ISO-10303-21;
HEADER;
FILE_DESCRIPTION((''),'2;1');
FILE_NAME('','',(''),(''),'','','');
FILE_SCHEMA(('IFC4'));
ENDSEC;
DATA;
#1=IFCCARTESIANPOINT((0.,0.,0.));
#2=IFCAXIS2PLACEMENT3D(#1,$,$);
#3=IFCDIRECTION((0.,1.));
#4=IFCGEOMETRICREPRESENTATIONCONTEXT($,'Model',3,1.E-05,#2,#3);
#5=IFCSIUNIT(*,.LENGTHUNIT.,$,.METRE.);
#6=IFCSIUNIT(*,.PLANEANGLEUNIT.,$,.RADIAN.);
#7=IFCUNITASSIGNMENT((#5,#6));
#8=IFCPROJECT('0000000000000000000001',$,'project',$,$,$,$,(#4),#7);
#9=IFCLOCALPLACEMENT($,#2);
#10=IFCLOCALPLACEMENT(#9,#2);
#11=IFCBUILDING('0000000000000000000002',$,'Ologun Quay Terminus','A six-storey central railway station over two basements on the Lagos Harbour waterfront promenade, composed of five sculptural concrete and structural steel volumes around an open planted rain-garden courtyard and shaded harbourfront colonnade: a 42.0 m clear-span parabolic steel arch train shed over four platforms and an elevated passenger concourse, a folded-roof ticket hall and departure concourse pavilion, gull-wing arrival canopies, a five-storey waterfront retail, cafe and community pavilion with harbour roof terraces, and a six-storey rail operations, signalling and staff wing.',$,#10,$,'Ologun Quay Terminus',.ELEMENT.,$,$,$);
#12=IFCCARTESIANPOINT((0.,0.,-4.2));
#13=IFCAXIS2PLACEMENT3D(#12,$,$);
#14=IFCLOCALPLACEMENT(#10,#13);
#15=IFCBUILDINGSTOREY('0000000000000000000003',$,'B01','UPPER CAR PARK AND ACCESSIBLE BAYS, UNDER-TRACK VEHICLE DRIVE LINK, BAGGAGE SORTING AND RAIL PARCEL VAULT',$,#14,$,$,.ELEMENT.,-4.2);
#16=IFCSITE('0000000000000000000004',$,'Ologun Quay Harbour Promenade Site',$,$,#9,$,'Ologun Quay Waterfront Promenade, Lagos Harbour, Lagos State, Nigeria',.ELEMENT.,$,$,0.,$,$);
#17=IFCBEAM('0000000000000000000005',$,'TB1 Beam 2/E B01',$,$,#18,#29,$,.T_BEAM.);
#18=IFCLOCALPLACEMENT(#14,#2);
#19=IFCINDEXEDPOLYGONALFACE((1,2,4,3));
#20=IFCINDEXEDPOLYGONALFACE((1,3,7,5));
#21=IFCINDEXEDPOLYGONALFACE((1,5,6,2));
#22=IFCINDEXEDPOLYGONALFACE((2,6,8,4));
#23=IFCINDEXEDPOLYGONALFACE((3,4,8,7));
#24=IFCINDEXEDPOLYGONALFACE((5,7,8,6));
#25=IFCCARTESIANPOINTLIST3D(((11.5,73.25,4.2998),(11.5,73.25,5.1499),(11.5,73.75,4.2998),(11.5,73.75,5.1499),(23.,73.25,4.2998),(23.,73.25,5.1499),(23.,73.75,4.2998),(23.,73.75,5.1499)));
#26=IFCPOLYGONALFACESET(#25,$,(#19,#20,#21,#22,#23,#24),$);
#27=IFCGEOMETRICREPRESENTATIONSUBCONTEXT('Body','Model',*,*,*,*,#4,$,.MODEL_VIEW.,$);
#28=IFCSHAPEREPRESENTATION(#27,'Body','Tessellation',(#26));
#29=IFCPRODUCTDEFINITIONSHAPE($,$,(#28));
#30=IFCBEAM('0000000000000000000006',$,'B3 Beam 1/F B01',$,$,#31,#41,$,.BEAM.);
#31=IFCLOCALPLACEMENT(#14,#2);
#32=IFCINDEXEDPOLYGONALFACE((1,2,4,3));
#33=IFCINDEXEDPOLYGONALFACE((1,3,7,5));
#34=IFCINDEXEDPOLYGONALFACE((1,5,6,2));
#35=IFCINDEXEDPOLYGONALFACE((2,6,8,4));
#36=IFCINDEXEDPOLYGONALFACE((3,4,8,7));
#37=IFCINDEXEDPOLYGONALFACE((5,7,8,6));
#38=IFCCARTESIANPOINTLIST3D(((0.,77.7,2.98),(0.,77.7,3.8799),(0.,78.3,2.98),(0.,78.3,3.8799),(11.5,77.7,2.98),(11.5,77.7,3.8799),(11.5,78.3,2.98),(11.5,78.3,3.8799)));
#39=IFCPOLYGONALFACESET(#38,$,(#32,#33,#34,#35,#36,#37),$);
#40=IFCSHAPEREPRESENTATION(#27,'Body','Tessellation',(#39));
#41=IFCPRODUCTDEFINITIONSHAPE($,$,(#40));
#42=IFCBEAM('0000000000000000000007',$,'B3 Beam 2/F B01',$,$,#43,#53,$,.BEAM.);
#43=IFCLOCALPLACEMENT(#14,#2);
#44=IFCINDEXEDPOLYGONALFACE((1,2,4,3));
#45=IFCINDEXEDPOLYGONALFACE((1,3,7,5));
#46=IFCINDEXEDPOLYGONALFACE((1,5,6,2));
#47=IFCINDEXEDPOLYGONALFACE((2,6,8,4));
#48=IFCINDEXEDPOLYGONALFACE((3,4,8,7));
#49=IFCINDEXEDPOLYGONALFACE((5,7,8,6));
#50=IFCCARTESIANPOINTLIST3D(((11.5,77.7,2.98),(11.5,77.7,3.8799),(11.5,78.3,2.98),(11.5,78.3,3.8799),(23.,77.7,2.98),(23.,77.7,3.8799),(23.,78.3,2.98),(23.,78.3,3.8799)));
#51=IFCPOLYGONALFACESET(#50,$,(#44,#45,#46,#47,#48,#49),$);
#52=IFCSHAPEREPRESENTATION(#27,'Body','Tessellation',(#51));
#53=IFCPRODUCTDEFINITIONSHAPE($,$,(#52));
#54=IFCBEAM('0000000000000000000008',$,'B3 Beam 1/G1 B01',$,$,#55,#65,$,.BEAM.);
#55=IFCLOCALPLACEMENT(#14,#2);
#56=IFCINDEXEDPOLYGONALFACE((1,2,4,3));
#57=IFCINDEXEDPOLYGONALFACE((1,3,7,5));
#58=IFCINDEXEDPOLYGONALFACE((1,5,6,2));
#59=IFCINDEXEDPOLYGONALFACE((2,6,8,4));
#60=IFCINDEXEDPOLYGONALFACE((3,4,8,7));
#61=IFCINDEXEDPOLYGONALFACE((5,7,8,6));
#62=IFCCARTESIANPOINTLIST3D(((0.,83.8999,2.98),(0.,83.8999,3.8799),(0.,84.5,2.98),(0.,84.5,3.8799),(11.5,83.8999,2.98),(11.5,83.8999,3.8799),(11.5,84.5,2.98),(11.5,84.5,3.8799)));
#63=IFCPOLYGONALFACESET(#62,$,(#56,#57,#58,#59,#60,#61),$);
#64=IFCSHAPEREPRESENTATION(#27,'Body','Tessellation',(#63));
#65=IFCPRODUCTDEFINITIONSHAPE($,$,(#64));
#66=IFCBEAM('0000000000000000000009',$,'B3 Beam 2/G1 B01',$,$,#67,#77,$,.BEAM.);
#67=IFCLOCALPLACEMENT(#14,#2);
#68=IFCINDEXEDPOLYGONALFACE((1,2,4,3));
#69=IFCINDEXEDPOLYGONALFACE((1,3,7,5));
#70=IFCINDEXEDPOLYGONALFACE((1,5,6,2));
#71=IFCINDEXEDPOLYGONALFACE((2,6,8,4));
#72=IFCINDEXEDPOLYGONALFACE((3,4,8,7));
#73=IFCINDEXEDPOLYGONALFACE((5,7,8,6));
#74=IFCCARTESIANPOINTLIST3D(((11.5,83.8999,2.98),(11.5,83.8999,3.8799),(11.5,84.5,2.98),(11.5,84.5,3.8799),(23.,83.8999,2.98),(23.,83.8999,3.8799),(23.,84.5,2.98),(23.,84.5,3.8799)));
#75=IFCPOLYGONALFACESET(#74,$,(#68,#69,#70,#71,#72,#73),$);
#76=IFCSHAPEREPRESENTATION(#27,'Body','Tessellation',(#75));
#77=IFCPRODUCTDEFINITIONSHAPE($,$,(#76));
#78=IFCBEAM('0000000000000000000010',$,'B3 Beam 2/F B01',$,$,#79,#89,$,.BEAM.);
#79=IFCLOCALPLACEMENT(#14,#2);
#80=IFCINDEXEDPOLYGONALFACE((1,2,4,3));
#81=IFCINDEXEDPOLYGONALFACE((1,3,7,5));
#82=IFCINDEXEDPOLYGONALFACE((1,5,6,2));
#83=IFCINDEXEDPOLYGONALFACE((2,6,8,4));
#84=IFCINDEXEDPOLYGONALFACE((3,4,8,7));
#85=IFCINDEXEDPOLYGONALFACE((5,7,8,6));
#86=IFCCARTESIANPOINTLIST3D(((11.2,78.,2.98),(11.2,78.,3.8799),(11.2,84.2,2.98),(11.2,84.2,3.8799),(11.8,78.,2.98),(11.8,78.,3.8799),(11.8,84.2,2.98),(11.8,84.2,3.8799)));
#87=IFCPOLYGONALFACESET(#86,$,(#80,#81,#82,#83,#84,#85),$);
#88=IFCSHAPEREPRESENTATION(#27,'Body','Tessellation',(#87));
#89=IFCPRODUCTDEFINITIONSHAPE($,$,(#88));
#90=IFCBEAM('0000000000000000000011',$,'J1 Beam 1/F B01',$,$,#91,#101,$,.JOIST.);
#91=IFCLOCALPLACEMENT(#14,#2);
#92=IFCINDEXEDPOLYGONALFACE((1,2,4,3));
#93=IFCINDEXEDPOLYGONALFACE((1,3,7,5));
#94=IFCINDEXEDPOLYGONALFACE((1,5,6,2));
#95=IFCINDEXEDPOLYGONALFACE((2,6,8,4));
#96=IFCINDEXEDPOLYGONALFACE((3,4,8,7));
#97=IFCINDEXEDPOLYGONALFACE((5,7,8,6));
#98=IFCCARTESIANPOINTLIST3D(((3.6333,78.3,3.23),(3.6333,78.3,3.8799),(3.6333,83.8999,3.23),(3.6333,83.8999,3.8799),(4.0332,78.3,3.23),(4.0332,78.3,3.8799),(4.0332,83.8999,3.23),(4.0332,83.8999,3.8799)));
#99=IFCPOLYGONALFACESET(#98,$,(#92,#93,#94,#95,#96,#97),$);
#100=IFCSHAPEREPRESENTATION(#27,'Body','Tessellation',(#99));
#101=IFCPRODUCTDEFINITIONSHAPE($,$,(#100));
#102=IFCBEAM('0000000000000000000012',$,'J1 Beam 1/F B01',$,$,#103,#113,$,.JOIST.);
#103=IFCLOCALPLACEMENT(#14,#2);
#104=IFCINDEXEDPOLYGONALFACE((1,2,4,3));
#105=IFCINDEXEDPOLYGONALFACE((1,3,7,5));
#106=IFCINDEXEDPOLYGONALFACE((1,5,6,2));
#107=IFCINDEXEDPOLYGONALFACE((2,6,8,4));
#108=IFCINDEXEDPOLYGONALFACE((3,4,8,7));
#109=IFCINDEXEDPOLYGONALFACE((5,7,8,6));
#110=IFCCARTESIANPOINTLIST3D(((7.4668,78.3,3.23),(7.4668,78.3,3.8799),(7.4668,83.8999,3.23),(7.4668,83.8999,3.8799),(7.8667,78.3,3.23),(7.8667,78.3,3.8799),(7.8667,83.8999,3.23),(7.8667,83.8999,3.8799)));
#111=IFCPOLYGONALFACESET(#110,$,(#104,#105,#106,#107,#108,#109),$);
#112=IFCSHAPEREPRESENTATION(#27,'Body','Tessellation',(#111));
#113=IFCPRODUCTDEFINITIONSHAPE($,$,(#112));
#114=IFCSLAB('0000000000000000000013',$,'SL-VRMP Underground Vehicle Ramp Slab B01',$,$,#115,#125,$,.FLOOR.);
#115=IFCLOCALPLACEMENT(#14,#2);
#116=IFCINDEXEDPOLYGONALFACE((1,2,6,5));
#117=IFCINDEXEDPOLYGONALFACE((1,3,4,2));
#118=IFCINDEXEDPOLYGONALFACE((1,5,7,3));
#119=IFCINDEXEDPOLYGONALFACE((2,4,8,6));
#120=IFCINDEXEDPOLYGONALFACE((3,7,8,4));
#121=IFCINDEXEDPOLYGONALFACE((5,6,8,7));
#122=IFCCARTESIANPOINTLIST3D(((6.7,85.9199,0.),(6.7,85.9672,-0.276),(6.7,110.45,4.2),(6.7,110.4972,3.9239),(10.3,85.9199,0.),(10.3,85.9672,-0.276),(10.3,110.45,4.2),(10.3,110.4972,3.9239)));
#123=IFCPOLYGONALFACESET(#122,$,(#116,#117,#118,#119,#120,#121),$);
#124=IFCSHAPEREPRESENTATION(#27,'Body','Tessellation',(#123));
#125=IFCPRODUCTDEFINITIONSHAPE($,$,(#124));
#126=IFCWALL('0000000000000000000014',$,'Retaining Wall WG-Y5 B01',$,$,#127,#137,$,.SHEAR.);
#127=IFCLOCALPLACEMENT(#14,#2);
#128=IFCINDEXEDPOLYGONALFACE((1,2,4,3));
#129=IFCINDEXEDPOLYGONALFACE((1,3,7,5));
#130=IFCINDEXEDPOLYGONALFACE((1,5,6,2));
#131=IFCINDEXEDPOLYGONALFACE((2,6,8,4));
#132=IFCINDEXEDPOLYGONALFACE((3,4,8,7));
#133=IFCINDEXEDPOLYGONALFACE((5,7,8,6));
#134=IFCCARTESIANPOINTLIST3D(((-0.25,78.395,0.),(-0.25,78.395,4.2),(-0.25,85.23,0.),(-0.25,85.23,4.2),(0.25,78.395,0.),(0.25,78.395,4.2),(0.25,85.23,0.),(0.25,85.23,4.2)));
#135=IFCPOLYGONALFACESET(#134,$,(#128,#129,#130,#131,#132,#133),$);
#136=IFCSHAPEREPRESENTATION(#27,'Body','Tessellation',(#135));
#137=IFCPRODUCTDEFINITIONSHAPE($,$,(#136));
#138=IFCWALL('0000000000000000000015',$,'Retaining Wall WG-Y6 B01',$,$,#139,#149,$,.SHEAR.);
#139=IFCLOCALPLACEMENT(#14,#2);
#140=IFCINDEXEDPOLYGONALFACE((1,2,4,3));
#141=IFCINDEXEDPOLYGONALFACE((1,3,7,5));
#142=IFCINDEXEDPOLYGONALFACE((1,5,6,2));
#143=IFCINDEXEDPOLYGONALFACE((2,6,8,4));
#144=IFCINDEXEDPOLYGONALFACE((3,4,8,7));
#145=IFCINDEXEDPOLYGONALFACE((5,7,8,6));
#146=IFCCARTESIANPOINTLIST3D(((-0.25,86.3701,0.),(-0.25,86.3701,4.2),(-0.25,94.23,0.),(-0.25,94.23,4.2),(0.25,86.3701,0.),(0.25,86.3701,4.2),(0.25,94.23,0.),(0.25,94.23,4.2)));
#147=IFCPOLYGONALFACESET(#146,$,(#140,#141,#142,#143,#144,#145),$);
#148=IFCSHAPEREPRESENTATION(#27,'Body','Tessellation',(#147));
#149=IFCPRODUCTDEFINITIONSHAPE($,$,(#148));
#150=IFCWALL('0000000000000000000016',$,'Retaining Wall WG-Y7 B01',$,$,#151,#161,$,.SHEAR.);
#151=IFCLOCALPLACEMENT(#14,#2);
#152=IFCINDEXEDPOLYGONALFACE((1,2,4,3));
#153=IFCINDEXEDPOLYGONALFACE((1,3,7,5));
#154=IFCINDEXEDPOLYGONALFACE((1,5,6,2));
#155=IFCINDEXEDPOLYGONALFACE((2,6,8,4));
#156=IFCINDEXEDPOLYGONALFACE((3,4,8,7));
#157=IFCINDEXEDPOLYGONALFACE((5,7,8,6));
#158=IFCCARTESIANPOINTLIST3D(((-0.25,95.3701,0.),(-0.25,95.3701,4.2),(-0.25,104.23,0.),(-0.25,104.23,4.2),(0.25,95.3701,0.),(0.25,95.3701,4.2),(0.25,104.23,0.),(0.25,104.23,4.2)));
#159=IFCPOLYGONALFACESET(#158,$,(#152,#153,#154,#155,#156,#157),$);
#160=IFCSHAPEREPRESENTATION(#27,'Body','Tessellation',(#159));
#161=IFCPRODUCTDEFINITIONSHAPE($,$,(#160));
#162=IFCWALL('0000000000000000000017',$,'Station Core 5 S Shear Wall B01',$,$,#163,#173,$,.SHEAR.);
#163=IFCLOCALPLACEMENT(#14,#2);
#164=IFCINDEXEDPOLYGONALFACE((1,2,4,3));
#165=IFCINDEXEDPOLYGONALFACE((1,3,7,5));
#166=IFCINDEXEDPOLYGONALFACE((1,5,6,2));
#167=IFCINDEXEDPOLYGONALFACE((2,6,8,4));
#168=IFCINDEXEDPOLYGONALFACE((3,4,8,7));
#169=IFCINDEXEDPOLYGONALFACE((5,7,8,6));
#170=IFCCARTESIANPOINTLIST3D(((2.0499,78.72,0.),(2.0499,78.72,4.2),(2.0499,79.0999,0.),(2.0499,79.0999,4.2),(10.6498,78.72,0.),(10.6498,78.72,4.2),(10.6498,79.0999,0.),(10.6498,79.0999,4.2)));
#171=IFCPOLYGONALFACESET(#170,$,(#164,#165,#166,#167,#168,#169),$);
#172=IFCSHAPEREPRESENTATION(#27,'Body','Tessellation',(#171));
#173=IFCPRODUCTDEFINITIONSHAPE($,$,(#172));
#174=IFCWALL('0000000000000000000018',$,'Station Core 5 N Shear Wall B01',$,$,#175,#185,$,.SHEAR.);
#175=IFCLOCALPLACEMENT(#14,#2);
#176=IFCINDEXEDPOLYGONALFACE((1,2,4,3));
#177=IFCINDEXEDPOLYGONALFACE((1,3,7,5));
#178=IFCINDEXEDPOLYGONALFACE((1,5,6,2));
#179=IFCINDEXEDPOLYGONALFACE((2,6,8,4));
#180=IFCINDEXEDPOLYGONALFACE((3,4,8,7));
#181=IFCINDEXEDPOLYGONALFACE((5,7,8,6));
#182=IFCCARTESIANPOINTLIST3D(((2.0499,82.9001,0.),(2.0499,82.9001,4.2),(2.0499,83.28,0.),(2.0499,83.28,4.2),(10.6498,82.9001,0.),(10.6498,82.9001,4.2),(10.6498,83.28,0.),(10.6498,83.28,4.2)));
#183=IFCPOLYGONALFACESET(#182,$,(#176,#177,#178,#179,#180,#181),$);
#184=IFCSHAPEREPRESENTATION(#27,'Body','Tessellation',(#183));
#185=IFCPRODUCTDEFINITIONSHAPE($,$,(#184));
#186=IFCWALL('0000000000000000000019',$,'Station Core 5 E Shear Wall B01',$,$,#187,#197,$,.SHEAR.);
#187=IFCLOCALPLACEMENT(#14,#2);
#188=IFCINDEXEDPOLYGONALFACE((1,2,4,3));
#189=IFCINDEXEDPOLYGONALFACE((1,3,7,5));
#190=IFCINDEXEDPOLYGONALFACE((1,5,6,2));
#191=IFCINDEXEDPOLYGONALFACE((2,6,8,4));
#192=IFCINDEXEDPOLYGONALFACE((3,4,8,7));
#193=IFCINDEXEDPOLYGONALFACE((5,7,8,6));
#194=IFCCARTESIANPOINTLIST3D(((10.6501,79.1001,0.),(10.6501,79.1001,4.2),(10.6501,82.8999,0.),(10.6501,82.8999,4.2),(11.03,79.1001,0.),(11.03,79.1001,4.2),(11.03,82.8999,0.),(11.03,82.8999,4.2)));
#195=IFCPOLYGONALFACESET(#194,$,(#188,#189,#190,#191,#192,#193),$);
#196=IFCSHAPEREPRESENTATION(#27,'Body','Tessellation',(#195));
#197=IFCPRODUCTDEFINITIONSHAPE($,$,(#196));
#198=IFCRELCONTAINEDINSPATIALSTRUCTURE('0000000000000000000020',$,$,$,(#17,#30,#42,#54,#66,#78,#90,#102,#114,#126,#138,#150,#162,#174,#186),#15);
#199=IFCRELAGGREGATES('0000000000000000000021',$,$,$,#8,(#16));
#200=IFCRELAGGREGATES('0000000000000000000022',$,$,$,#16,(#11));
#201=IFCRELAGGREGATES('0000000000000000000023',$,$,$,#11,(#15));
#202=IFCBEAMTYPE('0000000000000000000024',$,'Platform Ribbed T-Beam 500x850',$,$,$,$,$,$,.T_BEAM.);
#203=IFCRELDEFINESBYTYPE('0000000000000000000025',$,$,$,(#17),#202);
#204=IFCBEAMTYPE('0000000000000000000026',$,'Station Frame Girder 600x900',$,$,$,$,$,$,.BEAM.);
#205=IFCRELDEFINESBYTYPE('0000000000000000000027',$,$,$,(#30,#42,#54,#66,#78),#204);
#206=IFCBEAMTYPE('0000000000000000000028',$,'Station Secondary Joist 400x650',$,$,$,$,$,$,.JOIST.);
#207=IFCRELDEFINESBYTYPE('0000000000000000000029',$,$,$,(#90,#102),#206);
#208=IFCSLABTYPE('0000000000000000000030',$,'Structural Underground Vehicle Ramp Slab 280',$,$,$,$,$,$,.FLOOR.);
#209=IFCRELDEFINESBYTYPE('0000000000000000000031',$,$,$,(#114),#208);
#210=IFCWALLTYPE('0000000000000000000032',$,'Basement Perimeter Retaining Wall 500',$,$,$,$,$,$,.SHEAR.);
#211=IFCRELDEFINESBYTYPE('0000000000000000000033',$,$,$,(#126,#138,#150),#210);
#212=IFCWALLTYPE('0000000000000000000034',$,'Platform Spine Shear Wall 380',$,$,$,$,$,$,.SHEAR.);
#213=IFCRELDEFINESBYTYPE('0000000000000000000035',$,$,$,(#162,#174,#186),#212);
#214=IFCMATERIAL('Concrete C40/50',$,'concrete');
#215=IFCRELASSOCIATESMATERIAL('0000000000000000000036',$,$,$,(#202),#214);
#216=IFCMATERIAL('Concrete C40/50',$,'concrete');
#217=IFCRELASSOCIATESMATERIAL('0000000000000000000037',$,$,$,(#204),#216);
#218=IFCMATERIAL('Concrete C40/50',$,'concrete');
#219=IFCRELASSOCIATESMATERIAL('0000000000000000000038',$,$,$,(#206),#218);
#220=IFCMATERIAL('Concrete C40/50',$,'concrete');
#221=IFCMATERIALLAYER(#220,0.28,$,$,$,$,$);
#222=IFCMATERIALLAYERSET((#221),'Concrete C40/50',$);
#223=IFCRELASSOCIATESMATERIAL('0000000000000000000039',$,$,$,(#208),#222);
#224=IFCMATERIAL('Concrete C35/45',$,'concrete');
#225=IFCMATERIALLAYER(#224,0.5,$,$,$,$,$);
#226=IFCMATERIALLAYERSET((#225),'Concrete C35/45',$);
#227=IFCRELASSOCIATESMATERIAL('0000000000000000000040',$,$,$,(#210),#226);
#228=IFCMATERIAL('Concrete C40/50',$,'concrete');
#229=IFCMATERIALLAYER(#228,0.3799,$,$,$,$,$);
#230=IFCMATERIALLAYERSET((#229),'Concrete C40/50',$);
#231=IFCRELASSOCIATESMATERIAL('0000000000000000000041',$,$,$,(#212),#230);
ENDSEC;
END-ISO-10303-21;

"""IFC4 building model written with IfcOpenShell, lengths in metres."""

from ifc_helpers import new_model, si_unit, direction, frame, frame_2d, origin, origin_2d, place, context, subcontext, project, spatial, polyline, rectangle, outline, extrude, material, layer, layer_set, material_profile, profile_set, type_object, element, save


model = new_model("IFC4")

# Units and contexts
model_context = context("Model", 3, precision=1e-05, world=origin(), true_north=direction((0.0, 1.0)))
body_context = subcontext(model_context, "Body", "Model", "MODEL_VIEW")
ifc_project = project(units=[si_unit("LENGTHUNIT", "METRE"), si_unit("PLANEANGLEUNIT", "RADIAN")], contexts=[model_context])

# Site, building, storey
site_placement = place(None, origin())
site = spatial("IfcSite", under=ifc_project, at=site_placement, Name="Ologun Quay Harbour Promenade Site", LongName="Ologun Quay Waterfront Promenade, Lagos Harbour, Lagos State, Nigeria", CompositionType="ELEMENT", RefElevation=0.0)
building_placement = place(site_placement, origin())
building = spatial("IfcBuilding", under=site, at=building_placement, Name="Ologun Quay Terminus", Description="A six-storey central railway station over two basements on the Lagos Harbour waterfront promenade, composed of five sculptural concrete and structural steel volumes around an open planted rain-garden courtyard and shaded harbourfront colonnade: a 42.0 m clear-span parabolic steel arch train shed over four platforms and an elevated passenger concourse, a folded-roof ticket hall and departure concourse pavilion, gull-wing arrival canopies, a five-storey waterfront retail, cafe and community pavilion with harbour roof terraces, and a six-storey rail operations, signalling and staff wing.", LongName="Ologun Quay Terminus", CompositionType="ELEMENT")
storey_placement = place(building_placement, frame((0.0, 0.0, -4.2)))
storey = spatial("IfcBuildingStorey", under=building, at=storey_placement, Name="B01", Description="UPPER CAR PARK AND ACCESSIBLE BAYS, UNDER-TRACK VEHICLE DRIVE LINK, BAGGAGE SORTING AND RAIL PARCEL VAULT", CompositionType="ELEMENT", Elevation=-4.2)

# Beams
ifc_material_1 = material(Name="Concrete C40/50", Category="concrete")
ifc_material_profile_1 = material_profile(ifc_material_1, rectangle(XDim=0.5, YDim=0.8501, at=origin_2d()), Name="RC 500x850")
ifc_profile_set_1 = profile_set([ifc_material_profile_1], Name="Concrete C40/50")
beam_type_1 = type_object("IfcBeamType", Name="Platform Ribbed T-Beam 500x850", PredefinedType="T_BEAM", material=ifc_profile_set_1)
for number, where, z_axis, x_axis, name in (
    (1, (11.5, 73.5, 4.7249), (1.0, 0.0, 0.0), (0.0, 1.0, 0.0), "TB1 Beam 2/E B01"),
):
    element("IfcBeam", number, at=place(storey_placement, frame(where, z_axis=z_axis, x_axis=x_axis)), inside=storey, type_object=beam_type_1, Name=name, PredefinedType="T_BEAM", context=body_context, shape_type="SweptSolid", body=[
        extrude(rectangle(XDim=0.5, YDim=0.8501, at=origin_2d()), origin(), (0.0, 0.0, 1.0), 11.5),
    ])
ifc_material_2 = material(Name="Concrete C40/50", Category="concrete")
ifc_material_profile_2 = material_profile(ifc_material_2, rectangle(XDim=0.6001, YDim=0.8999, at=origin_2d()), Name="RC 600x900")
ifc_profile_set_2 = profile_set([ifc_material_profile_2], Name="Concrete C40/50")
beam_type_2 = type_object("IfcBeamType", Name="Station Frame Girder 600x900", PredefinedType="BEAM", material=ifc_profile_set_2)
for number, where, z_axis, x_axis, name in (
    (2, (0.0, 78.0, 3.4299), (1.0, 0.0, 0.0), (0.0, 1.0, 0.0), "B3 Beam 1/F B01"),
    (3, (11.5, 78.0, 3.4299), (1.0, 0.0, 0.0), (0.0, 1.0, 0.0), "B3 Beam 2/F B01"),
    (4, (0.0, 84.2, 3.4299), (1.0, 0.0, 0.0), (0.0, 1.0, 0.0), "B3 Beam 1/G1 B01"),
    (5, (11.5, 84.2, 3.4299), (1.0, 0.0, 0.0), (0.0, 1.0, 0.0), "B3 Beam 2/G1 B01"),
):
    element("IfcBeam", number, at=place(storey_placement, frame(where, z_axis=z_axis, x_axis=x_axis)), inside=storey, type_object=beam_type_2, Name=name, PredefinedType="BEAM", context=body_context, shape_type="SweptSolid", body=[
        extrude(rectangle(XDim=0.6001, YDim=0.8999, at=origin_2d()), origin(), (0.0, 0.0, 1.0), 11.5),
    ])
beam_1_placement = place(storey_placement, frame((11.5, 78.0, 3.4299), z_axis=(0.0, 1.0, 0.0), x_axis=(-1.0, 0.0, 0.0)))
element("IfcBeam", 6, at=beam_1_placement, inside=storey, type_object=beam_type_2, Name="B3 Beam 2/F B01", PredefinedType="BEAM", context=body_context, shape_type="SweptSolid", body=[
    extrude(rectangle(XDim=0.6001, YDim=0.8999, at=origin_2d()), origin(), (0.0, 0.0, 1.0), 6.2),
])
ifc_material_3 = material(Name="Concrete C40/50", Category="concrete")
ifc_material_profile_3 = material_profile(ifc_material_3, rectangle(XDim=0.3999, YDim=0.6499, at=origin_2d()), Name="RC 400x650")
ifc_profile_set_3 = profile_set([ifc_material_profile_3], Name="Concrete C40/50")
beam_type_3 = type_object("IfcBeamType", Name="Station Secondary Joist 400x650", PredefinedType="JOIST", material=ifc_profile_set_3)
for number, where, z_axis, x_axis, name in (
    (7, (3.8333, 78.3, 3.5549), (0.0, 1.0, 0.0), (-1.0, 0.0, 0.0), "J1 Beam 1/F B01"),
    (8, (7.6667, 78.3, 3.5549), (0.0, 1.0, 0.0), (-1.0, 0.0, 0.0), "J1 Beam 1/F B01"),
):
    element("IfcBeam", number, at=place(storey_placement, frame(where, z_axis=z_axis, x_axis=x_axis)), inside=storey, type_object=beam_type_3, Name=name, PredefinedType="JOIST", context=body_context, shape_type="SweptSolid", body=[
        extrude(rectangle(XDim=0.3999, YDim=0.6499, at=origin_2d()), origin(), (0.0, 0.0, 1.0), 5.5999),
    ])

# Slab
ifc_material_4 = material(Name="Concrete C40/50", Category="concrete")
ifc_layer_1 = layer(ifc_material_4, 0.28)
ifc_layer_set_1 = layer_set([ifc_layer_1], Name="Concrete C40/50")
slab_type = type_object("IfcSlabType", Name="Structural Underground Vehicle Ramp Slab 280", PredefinedType="FLOOR", material=ifc_layer_set_1)
slab_placement = place(storey_placement, frame((6.7, 85.9199, 0.0), z_axis=(0.0, -0.168761, 0.985657), x_axis=(0.0, 0.985657, 0.168761)))
element("IfcSlab", 9, at=slab_placement, inside=storey, type_object=slab_type, Name="SL-VRMP Underground Vehicle Ramp Slab B01", PredefinedType="FLOOR", context=body_context, shape_type="SweptSolid", body=[
    extrude(outline(polyline([(0.0, 0.0), (24.887, 0.0), (24.887, -3.6001), (0.0, -3.6001), (0.0, 0.0)])), origin(), (0.0, 0.0, -1.0), 0.28),
])

# Walls
ifc_material_5 = material(Name="Concrete C35/45", Category="concrete")
ifc_layer_2 = layer(ifc_material_5, 0.5)
ifc_layer_set_2 = layer_set([ifc_layer_2], Name="Concrete C35/45")
wall_type_1 = type_object("IfcWallType", Name="Basement Perimeter Retaining Wall 500", PredefinedType="SHEAR", material=ifc_layer_set_2)
wall_1_placement = place(storey_placement, frame((0.0, 78.395, 0.0), z_axis=(0.0, 0.0, 1.0), x_axis=(0.0, 1.0, 0.0)))
element("IfcWall", 10, at=wall_1_placement, inside=storey, type_object=wall_type_1, Name="Retaining Wall WG-Y5 B01", PredefinedType="SHEAR", context=body_context, shape_type="SweptSolid", body=[
    extrude(rectangle(XDim=6.835, YDim=0.5, at=frame_2d((3.4175, 0.0))), origin(), (0.0, 0.0, 1.0), 4.2),
])
wall_2_placement = place(storey_placement, frame((0.0, 86.3701, 0.0), z_axis=(0.0, 0.0, 1.0), x_axis=(0.0, 1.0, 0.0)))
element("IfcWall", 11, at=wall_2_placement, inside=storey, type_object=wall_type_1, Name="Retaining Wall WG-Y6 B01", PredefinedType="SHEAR", context=body_context, shape_type="SweptSolid", body=[
    extrude(rectangle(XDim=7.8599, YDim=0.5, at=frame_2d((3.9299, 0.0))), origin(), (0.0, 0.0, 1.0), 4.2),
])
wall_3_placement = place(storey_placement, frame((0.0, 95.3701, 0.0), z_axis=(0.0, 0.0, 1.0), x_axis=(0.0, 1.0, 0.0)))
element("IfcWall", 12, at=wall_3_placement, inside=storey, type_object=wall_type_1, Name="Retaining Wall WG-Y7 B01", PredefinedType="SHEAR", context=body_context, shape_type="SweptSolid", body=[
    extrude(rectangle(XDim=8.8599, YDim=0.5, at=frame_2d((4.4299, 0.0))), origin(), (0.0, 0.0, 1.0), 4.2),
])
ifc_material_6 = material(Name="Concrete C40/50", Category="concrete")
ifc_layer_3 = layer(ifc_material_6, 0.3799)
ifc_layer_set_3 = layer_set([ifc_layer_3], Name="Concrete C40/50")
wall_type_2 = type_object("IfcWallType", Name="Platform Spine Shear Wall 380", PredefinedType="SHEAR", material=ifc_layer_set_3)
for number, where, z_axis, x_axis, name in (
    (13, (2.05, 78.9099, 0.0), (0.0, 0.0, 1.0), (1.0, 0.0, 0.0), "Station Core 5 S Shear Wall B01"),
    (14, (2.05, 83.0901, 0.0), (0.0, 0.0, 1.0), (1.0, 0.0, 0.0), "Station Core 5 N Shear Wall B01"),
):
    element("IfcWall", number, at=place(storey_placement, frame(where, z_axis=z_axis, x_axis=x_axis)), inside=storey, type_object=wall_type_2, Name=name, PredefinedType="SHEAR", context=body_context, shape_type="SweptSolid", body=[
        extrude(rectangle(XDim=8.5999, YDim=0.3799, at=frame_2d((4.2998, 0.0))), origin(), (0.0, 0.0, 1.0), 4.2),
    ])
wall_4_placement = place(storey_placement, frame((10.8401, 79.1001, 0.0), z_axis=(0.0, 0.0, 1.0), x_axis=(0.0, 1.0, 0.0)))
element("IfcWall", 15, at=wall_4_placement, inside=storey, type_object=wall_type_2, Name="Station Core 5 E Shear Wall B01", PredefinedType="SHEAR", context=body_context, shape_type="SweptSolid", body=[
    extrude(rectangle(XDim=3.7998, YDim=0.3799, at=frame_2d((1.8999, 0.0))), origin(), (0.0, 0.0, 1.0), 4.2),
])

save(model, "model.ifc")
